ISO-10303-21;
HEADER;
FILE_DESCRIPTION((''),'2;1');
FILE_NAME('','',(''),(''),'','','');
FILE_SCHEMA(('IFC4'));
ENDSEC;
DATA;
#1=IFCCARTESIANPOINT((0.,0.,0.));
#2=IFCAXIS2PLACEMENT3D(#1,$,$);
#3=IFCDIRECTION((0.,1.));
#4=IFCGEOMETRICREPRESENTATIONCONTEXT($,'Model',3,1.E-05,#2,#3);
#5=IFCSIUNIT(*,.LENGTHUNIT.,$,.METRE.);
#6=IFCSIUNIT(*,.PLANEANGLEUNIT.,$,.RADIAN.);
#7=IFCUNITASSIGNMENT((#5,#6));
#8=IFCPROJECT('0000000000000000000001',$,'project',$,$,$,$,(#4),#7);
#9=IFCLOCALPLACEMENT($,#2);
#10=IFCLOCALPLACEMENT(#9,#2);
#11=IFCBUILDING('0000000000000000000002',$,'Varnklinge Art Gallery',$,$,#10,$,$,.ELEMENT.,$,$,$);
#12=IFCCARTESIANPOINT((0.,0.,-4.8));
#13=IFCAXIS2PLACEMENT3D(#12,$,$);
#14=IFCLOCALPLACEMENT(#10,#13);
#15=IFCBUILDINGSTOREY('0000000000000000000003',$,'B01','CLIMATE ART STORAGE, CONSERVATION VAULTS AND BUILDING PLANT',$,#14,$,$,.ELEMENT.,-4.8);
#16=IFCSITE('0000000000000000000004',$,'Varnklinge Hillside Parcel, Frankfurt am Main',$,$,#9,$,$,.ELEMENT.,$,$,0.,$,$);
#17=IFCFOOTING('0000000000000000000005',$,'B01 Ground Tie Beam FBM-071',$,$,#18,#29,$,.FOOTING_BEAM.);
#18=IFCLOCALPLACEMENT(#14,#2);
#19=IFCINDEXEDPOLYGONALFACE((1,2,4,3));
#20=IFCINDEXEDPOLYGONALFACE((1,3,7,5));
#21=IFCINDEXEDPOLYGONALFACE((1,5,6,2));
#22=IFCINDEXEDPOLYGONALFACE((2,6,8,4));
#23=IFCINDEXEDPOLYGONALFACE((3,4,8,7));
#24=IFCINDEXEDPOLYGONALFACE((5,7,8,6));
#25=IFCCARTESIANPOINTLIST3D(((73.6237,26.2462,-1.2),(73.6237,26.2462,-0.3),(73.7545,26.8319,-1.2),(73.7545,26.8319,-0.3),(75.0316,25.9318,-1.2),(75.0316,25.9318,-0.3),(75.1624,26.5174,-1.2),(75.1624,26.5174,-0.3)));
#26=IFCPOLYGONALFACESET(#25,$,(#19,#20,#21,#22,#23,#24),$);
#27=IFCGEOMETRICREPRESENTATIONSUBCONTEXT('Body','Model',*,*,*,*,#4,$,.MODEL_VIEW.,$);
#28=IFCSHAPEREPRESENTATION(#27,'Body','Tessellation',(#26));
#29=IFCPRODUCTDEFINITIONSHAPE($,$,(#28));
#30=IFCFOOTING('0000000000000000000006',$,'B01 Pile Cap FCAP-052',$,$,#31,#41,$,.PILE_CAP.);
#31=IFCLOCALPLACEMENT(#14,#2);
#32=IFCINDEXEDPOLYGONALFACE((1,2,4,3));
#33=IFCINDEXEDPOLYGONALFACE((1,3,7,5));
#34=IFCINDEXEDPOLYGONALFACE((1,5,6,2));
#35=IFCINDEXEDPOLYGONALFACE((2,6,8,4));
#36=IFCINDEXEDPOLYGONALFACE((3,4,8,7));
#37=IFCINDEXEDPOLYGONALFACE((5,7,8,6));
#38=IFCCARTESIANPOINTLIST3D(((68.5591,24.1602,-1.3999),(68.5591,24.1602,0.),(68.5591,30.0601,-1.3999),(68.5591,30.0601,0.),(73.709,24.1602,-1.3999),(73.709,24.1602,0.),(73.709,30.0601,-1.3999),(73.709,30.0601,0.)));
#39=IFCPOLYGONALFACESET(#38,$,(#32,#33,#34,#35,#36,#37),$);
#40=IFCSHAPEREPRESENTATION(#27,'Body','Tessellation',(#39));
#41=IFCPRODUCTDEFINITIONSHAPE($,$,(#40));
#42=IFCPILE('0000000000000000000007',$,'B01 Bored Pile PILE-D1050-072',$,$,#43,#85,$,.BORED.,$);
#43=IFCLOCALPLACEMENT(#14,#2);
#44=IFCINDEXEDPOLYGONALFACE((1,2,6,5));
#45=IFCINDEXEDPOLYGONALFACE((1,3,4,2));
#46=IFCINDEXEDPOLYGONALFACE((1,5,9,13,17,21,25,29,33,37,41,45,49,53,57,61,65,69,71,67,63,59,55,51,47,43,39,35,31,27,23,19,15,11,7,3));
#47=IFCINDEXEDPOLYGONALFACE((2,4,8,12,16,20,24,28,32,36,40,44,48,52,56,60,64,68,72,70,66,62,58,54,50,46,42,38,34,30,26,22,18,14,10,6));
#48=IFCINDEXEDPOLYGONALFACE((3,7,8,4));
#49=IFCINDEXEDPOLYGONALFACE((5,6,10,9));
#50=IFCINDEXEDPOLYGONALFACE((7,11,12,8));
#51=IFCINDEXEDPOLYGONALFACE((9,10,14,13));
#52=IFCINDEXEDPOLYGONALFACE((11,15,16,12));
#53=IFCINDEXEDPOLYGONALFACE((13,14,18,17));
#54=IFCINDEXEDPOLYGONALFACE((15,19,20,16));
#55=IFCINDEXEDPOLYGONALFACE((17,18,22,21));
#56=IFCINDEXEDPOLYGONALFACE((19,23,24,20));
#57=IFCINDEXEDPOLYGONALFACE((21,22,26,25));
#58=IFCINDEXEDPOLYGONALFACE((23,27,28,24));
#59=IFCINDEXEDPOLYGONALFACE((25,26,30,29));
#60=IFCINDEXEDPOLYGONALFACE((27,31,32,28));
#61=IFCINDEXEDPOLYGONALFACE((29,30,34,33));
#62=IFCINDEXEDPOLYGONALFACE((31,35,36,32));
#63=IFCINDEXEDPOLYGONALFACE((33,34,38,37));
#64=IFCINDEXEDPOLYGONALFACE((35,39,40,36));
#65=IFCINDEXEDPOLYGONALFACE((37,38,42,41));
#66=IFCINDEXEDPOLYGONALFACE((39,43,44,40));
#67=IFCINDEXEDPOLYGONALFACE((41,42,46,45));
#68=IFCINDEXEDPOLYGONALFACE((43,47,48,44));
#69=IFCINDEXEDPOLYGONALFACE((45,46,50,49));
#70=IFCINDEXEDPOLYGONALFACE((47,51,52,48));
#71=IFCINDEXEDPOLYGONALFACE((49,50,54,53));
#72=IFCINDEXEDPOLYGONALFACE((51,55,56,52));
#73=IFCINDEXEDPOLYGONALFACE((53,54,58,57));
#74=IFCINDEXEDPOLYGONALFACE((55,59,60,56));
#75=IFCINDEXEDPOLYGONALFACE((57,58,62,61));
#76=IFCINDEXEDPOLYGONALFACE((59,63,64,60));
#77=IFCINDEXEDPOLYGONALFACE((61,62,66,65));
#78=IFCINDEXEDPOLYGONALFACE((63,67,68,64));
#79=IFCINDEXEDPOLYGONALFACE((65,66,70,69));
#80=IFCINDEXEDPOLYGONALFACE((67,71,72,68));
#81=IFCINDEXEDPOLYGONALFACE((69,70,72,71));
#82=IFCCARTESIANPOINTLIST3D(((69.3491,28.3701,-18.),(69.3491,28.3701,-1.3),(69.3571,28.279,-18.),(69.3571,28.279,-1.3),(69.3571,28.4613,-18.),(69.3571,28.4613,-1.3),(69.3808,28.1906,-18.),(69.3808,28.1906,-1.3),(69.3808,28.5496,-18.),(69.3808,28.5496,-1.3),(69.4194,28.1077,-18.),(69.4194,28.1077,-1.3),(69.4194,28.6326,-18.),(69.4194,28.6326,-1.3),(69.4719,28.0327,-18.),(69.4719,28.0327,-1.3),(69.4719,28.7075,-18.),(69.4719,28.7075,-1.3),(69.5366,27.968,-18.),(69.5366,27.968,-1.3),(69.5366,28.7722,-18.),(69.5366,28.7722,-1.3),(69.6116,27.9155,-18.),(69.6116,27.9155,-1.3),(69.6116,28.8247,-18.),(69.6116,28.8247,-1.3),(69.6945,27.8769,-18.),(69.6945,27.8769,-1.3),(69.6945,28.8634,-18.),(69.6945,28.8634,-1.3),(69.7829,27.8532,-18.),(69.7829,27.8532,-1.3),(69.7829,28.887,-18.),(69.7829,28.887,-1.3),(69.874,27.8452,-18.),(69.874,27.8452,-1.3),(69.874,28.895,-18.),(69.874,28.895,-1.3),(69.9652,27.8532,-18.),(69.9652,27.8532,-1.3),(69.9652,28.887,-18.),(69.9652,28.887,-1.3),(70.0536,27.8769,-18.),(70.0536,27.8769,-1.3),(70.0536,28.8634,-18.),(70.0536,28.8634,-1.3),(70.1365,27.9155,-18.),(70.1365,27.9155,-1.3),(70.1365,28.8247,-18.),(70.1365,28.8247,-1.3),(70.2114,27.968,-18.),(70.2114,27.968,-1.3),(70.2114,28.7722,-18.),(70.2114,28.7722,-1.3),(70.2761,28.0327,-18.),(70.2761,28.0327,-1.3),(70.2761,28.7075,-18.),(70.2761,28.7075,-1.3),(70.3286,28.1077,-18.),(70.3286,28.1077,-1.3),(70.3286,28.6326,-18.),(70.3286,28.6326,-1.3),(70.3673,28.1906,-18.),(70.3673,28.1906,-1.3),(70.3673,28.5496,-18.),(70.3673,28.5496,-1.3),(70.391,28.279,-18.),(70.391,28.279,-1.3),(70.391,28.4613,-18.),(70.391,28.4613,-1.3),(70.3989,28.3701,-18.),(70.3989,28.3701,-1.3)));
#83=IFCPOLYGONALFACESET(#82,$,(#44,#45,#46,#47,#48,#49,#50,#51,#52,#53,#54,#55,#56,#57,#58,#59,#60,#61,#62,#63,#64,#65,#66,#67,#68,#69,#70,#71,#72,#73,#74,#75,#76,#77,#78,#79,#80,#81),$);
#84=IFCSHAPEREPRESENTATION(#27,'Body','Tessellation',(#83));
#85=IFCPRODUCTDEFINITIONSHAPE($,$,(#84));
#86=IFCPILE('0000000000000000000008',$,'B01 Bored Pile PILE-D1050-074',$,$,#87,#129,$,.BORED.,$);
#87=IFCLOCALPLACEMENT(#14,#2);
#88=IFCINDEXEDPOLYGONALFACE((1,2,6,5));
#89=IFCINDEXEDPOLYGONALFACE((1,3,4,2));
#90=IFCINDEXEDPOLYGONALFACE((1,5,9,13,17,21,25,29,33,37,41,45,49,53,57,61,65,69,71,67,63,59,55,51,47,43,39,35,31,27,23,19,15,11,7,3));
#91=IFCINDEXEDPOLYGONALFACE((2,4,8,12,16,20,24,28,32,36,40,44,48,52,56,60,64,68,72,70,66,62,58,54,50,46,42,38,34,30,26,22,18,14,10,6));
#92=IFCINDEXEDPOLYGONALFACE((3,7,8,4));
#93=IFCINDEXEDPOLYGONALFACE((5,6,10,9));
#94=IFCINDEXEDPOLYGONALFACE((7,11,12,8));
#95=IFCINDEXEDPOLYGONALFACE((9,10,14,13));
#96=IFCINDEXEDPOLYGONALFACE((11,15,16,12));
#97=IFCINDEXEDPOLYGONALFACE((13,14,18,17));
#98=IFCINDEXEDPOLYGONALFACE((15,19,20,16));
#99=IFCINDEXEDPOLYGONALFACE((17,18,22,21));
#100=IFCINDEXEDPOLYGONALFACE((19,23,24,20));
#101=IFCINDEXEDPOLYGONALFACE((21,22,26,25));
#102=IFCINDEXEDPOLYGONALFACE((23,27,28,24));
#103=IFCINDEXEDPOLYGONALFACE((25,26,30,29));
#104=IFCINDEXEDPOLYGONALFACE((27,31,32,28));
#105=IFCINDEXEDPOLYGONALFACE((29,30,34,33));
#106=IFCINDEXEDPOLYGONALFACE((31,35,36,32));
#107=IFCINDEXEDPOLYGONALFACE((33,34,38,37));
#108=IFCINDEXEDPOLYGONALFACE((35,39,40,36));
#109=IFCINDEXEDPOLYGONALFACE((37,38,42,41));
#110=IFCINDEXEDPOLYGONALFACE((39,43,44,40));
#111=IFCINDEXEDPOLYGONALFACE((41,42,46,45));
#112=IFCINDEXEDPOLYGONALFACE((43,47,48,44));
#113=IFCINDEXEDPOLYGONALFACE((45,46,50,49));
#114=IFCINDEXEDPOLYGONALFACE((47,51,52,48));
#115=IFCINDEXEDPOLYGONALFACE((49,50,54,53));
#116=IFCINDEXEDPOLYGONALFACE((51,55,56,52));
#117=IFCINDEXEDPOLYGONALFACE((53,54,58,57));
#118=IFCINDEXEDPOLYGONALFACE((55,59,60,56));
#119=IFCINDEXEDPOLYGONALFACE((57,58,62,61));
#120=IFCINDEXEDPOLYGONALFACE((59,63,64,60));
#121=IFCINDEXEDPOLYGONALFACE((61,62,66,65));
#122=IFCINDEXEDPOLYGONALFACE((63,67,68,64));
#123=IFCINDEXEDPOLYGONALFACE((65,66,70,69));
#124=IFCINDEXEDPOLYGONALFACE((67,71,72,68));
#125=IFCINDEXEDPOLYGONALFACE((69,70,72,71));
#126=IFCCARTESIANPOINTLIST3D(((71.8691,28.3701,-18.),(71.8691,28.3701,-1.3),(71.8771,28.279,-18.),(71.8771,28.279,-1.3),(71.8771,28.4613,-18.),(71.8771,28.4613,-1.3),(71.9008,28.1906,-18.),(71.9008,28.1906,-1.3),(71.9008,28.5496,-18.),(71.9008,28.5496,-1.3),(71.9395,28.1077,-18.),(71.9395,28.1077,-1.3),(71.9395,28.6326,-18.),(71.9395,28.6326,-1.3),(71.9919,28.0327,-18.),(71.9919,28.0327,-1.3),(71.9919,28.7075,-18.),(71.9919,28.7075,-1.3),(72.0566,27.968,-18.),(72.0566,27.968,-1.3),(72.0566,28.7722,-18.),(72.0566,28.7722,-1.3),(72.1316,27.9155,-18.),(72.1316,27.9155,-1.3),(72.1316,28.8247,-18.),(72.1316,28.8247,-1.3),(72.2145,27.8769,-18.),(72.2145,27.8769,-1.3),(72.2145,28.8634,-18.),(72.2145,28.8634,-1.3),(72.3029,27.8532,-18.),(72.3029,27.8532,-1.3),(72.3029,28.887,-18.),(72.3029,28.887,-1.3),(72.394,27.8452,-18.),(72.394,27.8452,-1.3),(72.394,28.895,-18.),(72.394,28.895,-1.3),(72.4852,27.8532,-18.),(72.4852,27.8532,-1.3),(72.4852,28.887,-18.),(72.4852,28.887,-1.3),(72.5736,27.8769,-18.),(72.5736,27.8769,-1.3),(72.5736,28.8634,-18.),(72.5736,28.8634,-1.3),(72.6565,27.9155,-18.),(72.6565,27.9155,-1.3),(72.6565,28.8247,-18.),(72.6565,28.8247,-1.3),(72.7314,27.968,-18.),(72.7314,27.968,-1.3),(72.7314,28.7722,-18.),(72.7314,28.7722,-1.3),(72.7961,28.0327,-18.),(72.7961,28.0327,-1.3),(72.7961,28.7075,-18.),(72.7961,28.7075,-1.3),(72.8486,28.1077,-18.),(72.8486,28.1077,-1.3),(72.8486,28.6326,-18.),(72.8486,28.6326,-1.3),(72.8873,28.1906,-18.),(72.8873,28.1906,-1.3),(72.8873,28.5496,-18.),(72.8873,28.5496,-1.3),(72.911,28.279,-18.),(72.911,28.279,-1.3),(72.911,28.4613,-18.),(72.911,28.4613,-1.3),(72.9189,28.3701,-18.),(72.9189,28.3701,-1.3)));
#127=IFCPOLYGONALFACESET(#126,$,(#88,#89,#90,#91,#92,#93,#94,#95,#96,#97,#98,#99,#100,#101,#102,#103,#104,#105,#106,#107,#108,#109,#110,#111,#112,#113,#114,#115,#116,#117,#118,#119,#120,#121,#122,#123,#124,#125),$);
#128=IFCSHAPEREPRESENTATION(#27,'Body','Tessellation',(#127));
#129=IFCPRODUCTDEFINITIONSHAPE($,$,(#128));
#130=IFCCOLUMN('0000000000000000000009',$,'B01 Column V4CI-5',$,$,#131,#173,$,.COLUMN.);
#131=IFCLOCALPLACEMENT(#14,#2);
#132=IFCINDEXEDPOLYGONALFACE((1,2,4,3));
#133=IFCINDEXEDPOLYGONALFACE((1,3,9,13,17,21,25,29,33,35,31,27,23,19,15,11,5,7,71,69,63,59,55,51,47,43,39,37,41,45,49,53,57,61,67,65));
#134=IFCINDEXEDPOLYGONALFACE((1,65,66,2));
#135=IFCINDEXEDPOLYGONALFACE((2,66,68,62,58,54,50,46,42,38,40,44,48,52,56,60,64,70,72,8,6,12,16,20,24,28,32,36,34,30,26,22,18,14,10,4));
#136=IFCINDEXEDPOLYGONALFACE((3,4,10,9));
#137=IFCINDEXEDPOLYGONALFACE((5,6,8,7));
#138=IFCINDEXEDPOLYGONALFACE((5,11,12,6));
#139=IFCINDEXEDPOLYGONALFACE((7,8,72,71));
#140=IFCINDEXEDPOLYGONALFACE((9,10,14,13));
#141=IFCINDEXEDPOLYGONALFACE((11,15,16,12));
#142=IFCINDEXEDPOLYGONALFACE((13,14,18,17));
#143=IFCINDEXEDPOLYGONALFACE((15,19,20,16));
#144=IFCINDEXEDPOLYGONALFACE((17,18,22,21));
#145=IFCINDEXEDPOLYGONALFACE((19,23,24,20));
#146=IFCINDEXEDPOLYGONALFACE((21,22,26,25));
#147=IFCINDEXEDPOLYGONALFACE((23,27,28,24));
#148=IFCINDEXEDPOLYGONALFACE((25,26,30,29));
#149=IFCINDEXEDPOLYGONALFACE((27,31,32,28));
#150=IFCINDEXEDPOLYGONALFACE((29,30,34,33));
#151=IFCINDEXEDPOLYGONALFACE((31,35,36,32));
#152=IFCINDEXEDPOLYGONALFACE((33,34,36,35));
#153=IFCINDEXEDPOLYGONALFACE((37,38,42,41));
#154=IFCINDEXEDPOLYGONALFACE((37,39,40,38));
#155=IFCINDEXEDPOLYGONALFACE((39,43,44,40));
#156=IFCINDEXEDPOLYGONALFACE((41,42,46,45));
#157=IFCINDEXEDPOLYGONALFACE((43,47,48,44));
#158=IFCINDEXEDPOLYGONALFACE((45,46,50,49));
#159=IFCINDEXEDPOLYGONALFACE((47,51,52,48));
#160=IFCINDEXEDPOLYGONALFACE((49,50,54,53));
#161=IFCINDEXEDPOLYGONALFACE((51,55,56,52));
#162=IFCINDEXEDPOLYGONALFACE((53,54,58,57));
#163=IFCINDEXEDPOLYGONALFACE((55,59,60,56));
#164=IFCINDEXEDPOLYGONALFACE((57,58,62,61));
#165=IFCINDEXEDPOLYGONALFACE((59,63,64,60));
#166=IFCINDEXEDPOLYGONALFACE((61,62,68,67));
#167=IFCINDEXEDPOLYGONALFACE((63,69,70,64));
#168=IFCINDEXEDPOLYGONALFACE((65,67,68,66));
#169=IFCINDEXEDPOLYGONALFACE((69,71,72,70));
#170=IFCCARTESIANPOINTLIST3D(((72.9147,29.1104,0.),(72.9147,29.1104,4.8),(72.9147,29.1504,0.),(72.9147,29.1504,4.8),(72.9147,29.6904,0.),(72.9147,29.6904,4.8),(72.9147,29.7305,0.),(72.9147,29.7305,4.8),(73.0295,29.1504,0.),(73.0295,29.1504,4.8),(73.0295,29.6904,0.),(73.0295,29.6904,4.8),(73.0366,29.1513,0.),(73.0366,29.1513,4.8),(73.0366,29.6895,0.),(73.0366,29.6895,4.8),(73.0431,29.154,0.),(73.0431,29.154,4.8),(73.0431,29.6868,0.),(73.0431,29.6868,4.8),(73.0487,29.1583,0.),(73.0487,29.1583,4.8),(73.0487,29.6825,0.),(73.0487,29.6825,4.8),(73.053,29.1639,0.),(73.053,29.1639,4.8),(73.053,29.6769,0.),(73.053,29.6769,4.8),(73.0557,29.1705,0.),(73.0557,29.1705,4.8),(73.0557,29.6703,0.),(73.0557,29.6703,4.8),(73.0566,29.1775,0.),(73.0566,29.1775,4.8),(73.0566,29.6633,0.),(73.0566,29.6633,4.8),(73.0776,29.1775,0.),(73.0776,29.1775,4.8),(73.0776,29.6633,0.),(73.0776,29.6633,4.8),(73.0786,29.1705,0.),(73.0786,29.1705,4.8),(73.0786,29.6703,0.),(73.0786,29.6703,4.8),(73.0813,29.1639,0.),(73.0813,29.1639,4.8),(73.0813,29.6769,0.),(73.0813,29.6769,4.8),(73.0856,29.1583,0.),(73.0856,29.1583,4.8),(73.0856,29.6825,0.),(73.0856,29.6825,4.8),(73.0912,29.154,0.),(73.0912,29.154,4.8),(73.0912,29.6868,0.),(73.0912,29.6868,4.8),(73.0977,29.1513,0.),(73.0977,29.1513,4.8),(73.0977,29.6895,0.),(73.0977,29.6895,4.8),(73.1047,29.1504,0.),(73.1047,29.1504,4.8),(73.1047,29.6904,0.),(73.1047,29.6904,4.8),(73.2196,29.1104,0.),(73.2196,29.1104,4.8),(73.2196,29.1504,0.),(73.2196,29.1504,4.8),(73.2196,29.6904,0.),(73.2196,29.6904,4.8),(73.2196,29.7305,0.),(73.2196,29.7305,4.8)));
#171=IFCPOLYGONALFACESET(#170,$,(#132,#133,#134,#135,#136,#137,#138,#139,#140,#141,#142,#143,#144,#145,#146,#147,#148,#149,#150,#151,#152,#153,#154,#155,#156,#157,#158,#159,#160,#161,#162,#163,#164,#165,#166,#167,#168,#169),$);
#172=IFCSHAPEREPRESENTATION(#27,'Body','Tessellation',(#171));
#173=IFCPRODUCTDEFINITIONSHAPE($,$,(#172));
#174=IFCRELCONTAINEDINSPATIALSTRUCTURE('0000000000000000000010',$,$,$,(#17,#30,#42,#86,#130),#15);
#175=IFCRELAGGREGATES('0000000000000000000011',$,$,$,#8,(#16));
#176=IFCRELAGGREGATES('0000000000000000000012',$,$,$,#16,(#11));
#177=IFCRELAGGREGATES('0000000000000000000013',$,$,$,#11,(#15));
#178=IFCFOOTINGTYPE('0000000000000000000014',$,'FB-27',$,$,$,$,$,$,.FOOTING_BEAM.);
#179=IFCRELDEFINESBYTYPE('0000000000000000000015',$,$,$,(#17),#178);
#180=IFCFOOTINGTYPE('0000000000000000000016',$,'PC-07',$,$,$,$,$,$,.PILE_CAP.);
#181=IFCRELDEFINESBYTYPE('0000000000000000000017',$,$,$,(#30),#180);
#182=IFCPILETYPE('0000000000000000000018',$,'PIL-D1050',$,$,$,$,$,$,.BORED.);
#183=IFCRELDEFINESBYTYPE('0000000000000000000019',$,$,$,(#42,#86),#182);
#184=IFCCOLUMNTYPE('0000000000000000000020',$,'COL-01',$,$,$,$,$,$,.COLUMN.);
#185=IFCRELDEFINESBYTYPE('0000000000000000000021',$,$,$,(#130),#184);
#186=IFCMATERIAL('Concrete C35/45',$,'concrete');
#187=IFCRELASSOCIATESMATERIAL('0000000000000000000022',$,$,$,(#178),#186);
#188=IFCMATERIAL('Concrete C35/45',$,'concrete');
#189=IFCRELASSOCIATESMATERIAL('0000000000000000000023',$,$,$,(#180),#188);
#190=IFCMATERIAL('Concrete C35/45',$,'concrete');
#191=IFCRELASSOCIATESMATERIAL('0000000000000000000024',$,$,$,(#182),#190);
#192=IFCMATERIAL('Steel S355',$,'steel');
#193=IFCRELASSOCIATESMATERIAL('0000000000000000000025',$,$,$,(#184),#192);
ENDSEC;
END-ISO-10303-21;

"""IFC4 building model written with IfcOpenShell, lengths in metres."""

from ifc_helpers import new_model, si_unit, direction, frame, origin, origin_2d, place, context, subcontext, project, spatial, rectangle, circle, i_section, extrude, material, material_profile, profile_set, type_object, element, save


model = new_model("IFC4")

# Units and contexts
model_context = context("Model", 3, precision=1e-05, world=origin(), true_north=direction((0.0, 1.0)))
body_context = subcontext(model_context, "Body", "Model", "MODEL_VIEW")
ifc_project = project(units=[si_unit("LENGTHUNIT", "METRE"), si_unit("PLANEANGLEUNIT", "RADIAN")], contexts=[model_context])

# Site, building, storey
site_placement = place(None, origin())
site = spatial("IfcSite", under=ifc_project, at=site_placement, Name="Varnklinge Hillside Parcel, Frankfurt am Main", CompositionType="ELEMENT", RefElevation=0.0)
building_placement = place(site_placement, origin())
building = spatial("IfcBuilding", under=site, at=building_placement, Name="Varnklinge Art Gallery", CompositionType="ELEMENT")
storey_placement = place(building_placement, frame((0.0, 0.0, -4.8)))
storey = spatial("IfcBuildingStorey", under=building, at=storey_placement, Name="B01", Description="CLIMATE ART STORAGE, CONSERVATION VAULTS AND BUILDING PLANT", CompositionType="ELEMENT", Elevation=-4.8)

# Footings
ifc_material_1 = material(Name="Concrete C35/45", Category="concrete")
footing_type_1 = type_object("IfcFootingType", Name="FB-27", PredefinedType="FOOTING_BEAM", material=ifc_material_1)
footing_1_placement = place(storey_placement, frame((74.3931, 26.3818, -1.2), z_axis=(0.0, 0.0, 1.0), x_axis=(0.975955, -0.217973, 0.0)))
element("IfcFooting", 1, at=footing_1_placement, inside=storey, type_object=footing_type_1, Name="B01 Ground Tie Beam FBM-071", PredefinedType="FOOTING_BEAM", context=body_context, shape_type="SweptSolid", body=[
    extrude(rectangle(XDim=1.4426, YDim=0.6001, at=origin_2d()), origin(), (0.0, 0.0, 1.0), 0.8999),
])
ifc_material_2 = material(Name="Concrete C35/45", Category="concrete")
footing_type_2 = type_object("IfcFootingType", Name="PC-07", PredefinedType="PILE_CAP", material=ifc_material_2)
footing_2_placement = place(storey_placement, frame((71.134, 27.1101, -1.3999), z_axis=(0.0, 0.0, 1.0), x_axis=(1.0, 0.0, 0.0)))
element("IfcFooting", 2, at=footing_2_placement, inside=storey, type_object=footing_type_2, Name="B01 Pile Cap FCAP-052", PredefinedType="PILE_CAP", context=body_context, shape_type="SweptSolid", body=[
    extrude(rectangle(XDim=5.1499, YDim=5.8999, at=origin_2d()), origin(), (0.0, 0.0, 1.0), 1.3999),
])

# Piles
ifc_material_3 = material(Name="Concrete C35/45", Category="concrete")
ifc_material_profile_1 = material_profile(ifc_material_3, circle(Radius=0.5249, at=origin_2d()), Name="PILE D1050")
ifc_profile_set_1 = profile_set([ifc_material_profile_1], Name="Concrete C35/45")
pile_type = type_object("IfcPileType", Name="PIL-D1050", PredefinedType="BORED", material=ifc_profile_set_1)
for number, where, z_axis, x_axis, name in (
    (3, (69.874, 28.3701, -1.3), (0.0, 0.0, -1.0), (1.0, 0.0, 0.0), "B01 Bored Pile PILE-D1050-072"),
    (4, (72.394, 28.3701, -1.3), (0.0, 0.0, -1.0), (1.0, 0.0, 0.0), "B01 Bored Pile PILE-D1050-074"),
):
    element("IfcPile", number, at=place(storey_placement, frame(where, z_axis=z_axis, x_axis=x_axis)), inside=storey, type_object=pile_type, Name=name, PredefinedType="BORED", context=body_context, shape_type="SweptSolid", body=[
        extrude(circle(Radius=0.5249, at=origin_2d()), origin(), (0.0, 0.0, 1.0), 16.7),
    ])

# Column
ifc_material_4 = material(Name="Steel S355", Category="steel")
ifc_material_profile_2 = material_profile(ifc_material_4, i_section(OverallWidth=0.3049, OverallDepth=0.6201, WebThickness=0.021, FlangeThickness=0.04, FilletRadius=0.0271, at=origin_2d()), Name="HEM 600")
ifc_profile_set_2 = profile_set([ifc_material_profile_2], Name="Steel S355")
column_type_1 = type_object("IfcColumnType", Name="COL-01", PredefinedType="COLUMN", material=ifc_profile_set_2)
column_1_placement = place(storey_placement, frame((73.0671, 29.4204, 0.0), z_axis=(0.0, 0.0, 1.0), x_axis=(1.0, 0.0, 0.0)))
element("IfcColumn", 5, at=column_1_placement, inside=storey, type_object=column_type_1, Name="B01 Column V4CI-5", PredefinedType="COLUMN", context=body_context, shape_type="SweptSolid", body=[
    extrude(i_section(OverallWidth=0.3049, OverallDepth=0.6201, WebThickness=0.021, FlangeThickness=0.04, FilletRadius=0.0271, at=origin_2d()), origin(), (0.0, 0.0, 1.0), 4.8),
])

save(model, "model.ifc")
